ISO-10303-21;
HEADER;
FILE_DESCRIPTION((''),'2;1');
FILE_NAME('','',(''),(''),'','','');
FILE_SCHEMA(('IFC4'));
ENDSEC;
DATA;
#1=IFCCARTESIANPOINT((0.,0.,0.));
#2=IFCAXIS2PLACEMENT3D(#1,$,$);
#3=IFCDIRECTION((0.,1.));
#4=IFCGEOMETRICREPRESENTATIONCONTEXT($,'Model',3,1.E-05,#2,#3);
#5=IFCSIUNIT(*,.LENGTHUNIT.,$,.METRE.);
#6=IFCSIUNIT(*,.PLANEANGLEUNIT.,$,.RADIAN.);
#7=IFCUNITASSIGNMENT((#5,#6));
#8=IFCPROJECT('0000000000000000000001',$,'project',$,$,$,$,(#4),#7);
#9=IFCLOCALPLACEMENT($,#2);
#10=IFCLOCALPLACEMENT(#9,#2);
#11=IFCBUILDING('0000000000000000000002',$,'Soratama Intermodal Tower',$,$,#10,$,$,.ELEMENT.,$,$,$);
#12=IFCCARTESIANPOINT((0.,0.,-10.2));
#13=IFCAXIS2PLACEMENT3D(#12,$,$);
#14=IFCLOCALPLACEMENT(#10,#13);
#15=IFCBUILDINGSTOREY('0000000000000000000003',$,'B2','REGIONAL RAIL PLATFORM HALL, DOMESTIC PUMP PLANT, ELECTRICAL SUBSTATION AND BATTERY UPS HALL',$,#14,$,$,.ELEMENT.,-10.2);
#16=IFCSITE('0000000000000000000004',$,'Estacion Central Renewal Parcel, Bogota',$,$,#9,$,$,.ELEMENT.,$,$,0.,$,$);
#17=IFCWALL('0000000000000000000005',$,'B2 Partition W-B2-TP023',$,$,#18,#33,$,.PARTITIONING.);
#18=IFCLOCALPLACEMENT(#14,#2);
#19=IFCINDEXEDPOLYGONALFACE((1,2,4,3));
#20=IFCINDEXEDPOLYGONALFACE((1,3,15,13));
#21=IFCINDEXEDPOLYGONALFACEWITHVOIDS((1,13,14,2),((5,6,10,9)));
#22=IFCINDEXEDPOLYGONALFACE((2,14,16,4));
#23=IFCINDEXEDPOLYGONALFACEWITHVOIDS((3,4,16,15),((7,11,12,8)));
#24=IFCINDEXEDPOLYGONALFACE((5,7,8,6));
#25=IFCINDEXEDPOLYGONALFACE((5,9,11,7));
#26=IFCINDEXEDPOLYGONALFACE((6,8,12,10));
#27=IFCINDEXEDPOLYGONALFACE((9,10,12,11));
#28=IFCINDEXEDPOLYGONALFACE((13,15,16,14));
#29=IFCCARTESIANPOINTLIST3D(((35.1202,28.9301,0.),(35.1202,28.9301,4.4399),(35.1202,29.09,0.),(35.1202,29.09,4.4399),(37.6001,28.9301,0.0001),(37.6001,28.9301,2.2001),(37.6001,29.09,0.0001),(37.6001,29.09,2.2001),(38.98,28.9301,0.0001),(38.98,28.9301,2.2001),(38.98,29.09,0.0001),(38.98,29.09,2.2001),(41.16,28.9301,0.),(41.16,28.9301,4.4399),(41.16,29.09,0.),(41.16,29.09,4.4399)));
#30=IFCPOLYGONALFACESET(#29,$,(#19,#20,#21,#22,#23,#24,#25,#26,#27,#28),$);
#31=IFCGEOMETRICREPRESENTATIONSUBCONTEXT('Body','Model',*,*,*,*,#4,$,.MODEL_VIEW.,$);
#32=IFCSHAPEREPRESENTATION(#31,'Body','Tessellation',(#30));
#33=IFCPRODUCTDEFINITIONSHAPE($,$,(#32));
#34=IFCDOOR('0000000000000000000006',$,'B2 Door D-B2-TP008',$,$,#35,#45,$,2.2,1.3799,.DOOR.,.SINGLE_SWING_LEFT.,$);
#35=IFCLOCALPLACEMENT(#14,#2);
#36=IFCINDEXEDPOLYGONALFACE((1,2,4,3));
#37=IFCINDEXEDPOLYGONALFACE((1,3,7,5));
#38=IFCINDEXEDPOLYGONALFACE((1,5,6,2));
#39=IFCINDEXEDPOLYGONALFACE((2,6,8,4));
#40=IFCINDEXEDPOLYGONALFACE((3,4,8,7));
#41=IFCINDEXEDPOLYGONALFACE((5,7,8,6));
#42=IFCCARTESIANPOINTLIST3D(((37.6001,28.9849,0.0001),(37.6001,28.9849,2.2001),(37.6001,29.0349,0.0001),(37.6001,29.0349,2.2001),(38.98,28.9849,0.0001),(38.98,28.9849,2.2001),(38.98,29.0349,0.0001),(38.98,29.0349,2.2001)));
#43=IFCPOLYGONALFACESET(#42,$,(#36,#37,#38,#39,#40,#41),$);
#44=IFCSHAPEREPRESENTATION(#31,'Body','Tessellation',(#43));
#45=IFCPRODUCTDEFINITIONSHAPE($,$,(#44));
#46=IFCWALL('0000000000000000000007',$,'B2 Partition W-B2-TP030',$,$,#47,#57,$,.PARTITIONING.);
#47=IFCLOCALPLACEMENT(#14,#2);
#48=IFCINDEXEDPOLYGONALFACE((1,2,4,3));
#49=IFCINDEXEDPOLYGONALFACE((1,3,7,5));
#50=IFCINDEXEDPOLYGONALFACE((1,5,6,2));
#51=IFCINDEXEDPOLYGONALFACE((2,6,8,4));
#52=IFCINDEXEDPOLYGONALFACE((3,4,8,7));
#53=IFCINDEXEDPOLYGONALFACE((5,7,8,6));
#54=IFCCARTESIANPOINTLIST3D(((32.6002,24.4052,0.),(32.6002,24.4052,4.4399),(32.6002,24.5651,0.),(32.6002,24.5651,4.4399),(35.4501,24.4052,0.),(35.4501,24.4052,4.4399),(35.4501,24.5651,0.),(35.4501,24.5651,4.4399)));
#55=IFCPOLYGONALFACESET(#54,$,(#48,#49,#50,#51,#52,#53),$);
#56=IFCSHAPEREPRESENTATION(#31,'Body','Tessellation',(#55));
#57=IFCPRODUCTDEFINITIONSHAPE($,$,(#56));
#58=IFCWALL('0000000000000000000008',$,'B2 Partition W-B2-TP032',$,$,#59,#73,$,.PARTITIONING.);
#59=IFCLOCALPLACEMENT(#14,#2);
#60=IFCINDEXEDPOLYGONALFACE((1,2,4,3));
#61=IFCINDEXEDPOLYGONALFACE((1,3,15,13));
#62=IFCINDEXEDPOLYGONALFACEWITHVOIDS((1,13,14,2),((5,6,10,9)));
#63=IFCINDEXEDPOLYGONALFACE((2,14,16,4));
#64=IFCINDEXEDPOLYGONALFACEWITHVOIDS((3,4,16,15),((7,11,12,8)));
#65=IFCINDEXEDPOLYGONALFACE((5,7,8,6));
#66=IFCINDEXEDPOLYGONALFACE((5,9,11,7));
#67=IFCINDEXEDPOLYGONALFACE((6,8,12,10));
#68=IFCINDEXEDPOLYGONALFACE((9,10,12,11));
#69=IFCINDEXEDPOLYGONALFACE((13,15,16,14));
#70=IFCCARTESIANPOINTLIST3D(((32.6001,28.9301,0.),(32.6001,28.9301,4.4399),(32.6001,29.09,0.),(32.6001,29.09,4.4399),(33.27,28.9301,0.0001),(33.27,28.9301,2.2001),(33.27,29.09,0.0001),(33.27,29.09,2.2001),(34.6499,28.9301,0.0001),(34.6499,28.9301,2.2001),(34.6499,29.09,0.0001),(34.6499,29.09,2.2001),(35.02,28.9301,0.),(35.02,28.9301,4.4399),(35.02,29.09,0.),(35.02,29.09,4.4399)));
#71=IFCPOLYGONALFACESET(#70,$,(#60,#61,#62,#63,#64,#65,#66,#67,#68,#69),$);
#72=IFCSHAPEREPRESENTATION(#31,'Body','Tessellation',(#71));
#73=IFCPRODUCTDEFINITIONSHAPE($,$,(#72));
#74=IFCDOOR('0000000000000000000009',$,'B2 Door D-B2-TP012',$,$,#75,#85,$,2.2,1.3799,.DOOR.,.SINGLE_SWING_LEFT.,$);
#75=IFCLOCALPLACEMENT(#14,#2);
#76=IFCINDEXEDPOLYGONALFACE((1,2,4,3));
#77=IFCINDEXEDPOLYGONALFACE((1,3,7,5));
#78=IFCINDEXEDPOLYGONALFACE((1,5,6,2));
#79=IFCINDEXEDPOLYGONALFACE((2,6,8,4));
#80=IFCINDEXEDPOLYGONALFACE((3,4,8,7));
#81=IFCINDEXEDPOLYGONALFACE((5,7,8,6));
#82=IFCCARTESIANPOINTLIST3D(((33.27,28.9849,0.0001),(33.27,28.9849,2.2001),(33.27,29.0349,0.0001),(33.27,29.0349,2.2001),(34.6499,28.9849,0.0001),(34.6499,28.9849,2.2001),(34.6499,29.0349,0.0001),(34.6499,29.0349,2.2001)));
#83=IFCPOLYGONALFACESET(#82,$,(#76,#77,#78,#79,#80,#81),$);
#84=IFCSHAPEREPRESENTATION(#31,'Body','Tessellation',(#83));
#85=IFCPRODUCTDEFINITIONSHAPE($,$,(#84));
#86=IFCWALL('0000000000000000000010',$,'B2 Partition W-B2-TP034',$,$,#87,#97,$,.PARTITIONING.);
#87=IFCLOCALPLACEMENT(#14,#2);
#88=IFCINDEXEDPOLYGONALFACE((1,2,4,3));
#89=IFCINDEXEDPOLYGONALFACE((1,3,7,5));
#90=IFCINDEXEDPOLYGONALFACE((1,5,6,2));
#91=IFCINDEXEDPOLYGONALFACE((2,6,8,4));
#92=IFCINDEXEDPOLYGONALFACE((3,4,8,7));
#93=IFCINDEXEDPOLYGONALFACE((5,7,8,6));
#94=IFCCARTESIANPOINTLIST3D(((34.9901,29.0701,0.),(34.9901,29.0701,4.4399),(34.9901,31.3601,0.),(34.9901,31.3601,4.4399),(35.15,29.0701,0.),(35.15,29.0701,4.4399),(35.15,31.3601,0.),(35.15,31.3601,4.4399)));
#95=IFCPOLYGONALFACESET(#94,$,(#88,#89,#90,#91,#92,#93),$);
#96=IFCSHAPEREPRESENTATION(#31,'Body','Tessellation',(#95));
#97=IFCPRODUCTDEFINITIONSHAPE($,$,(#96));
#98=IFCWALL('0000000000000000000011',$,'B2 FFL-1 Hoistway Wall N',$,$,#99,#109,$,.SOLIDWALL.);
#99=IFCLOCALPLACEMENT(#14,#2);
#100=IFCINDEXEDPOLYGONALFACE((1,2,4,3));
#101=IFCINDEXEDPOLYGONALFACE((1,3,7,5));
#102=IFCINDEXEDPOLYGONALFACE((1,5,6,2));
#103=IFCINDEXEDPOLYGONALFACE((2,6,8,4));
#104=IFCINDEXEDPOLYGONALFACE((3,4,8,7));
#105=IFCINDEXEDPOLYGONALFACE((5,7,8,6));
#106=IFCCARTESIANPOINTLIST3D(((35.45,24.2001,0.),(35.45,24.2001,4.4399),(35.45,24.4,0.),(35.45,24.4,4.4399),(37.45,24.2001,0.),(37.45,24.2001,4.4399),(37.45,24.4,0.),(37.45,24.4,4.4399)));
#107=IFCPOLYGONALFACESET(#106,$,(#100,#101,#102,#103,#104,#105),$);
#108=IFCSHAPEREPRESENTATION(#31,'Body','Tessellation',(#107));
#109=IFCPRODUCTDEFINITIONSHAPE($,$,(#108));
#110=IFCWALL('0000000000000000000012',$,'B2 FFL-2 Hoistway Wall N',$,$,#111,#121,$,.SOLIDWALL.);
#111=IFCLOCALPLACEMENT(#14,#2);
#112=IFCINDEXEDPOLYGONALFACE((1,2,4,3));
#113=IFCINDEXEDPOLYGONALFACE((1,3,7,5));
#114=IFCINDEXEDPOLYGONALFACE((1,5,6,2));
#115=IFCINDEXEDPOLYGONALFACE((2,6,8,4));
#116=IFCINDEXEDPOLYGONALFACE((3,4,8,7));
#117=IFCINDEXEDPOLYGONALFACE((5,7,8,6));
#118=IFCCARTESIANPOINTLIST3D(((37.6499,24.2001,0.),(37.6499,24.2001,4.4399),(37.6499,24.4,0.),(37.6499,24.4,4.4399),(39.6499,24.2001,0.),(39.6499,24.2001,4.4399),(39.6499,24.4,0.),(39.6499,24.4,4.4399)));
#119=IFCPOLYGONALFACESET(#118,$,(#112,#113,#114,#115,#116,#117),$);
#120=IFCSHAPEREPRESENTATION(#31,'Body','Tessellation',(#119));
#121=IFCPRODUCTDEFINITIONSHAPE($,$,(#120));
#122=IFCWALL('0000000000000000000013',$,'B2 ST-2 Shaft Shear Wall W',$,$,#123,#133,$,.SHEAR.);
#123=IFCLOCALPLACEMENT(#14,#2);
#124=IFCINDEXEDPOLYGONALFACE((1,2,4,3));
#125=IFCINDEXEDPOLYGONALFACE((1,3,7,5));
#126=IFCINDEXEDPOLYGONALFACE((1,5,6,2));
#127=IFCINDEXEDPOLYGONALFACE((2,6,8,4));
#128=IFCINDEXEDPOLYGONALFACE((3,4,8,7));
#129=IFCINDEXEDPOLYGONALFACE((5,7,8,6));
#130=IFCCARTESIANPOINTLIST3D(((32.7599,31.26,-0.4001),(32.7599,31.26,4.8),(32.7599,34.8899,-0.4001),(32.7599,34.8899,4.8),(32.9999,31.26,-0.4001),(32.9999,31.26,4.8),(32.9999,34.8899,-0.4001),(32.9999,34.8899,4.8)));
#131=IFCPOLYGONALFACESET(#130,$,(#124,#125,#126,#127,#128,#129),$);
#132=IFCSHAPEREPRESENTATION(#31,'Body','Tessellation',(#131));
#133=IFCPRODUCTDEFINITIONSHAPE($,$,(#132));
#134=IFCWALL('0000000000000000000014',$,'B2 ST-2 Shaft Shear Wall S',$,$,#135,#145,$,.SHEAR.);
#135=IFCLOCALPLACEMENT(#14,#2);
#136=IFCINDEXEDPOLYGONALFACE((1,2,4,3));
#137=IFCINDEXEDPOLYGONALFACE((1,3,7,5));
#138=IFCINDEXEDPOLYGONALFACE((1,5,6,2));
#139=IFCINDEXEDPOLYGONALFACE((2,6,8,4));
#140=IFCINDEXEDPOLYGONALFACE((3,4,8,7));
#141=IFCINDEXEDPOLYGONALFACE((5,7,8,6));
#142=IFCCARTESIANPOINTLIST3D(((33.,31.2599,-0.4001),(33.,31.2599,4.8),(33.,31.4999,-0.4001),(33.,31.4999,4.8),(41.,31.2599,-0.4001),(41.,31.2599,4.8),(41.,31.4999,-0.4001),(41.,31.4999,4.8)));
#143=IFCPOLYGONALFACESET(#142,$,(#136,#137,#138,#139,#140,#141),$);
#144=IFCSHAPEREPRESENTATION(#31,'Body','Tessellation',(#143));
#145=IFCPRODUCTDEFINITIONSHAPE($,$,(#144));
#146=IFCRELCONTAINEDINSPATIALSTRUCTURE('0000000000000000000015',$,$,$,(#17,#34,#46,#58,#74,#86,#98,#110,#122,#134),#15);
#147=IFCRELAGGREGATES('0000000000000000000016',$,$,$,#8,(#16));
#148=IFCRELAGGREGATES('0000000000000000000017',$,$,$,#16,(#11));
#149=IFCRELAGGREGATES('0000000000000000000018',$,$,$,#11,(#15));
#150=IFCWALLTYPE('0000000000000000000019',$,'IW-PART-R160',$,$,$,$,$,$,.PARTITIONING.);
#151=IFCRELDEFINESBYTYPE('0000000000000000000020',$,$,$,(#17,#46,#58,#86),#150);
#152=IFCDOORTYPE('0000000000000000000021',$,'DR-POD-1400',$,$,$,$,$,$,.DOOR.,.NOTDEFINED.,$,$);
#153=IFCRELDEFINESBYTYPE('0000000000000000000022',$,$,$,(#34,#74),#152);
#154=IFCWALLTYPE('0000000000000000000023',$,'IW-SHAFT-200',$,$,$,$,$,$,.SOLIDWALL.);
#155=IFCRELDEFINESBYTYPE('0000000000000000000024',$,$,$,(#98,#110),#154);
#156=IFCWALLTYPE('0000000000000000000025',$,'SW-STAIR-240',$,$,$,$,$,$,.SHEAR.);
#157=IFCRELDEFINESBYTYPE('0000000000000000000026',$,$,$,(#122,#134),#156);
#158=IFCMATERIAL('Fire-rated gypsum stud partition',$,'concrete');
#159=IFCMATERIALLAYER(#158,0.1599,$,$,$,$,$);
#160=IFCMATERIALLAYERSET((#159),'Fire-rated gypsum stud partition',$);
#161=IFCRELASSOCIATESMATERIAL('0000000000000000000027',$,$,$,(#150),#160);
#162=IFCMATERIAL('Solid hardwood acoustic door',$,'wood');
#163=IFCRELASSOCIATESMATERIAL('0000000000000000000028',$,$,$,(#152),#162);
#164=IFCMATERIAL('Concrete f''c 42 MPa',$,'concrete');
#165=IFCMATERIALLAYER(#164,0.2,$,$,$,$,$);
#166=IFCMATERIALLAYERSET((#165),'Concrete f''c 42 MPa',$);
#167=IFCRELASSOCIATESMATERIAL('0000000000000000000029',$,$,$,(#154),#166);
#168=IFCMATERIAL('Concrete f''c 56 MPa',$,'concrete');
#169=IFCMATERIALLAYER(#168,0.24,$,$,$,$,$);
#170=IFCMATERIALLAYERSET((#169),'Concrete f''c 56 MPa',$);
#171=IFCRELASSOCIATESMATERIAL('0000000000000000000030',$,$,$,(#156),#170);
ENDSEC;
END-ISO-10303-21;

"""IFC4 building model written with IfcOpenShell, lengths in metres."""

from ifc_helpers import new_model, si_unit, direction, frame, frame_2d, origin, place, context, subcontext, project, spatial, rectangle, extrude, material, layer, layer_set, type_object, element, fill, save


model = new_model("IFC4")

# Units and contexts
model_context = context("Model", 3, precision=1e-05, world=origin(), true_north=direction((0.0, 1.0)))
body_context = subcontext(model_context, "Body", "Model", "MODEL_VIEW")
ifc_project = project(units=[si_unit("LENGTHUNIT", "METRE"), si_unit("PLANEANGLEUNIT", "RADIAN")], contexts=[model_context])

# Site, building, storey
site_placement = place(None, origin())
site = spatial("IfcSite", under=ifc_project, at=site_placement, Name="Estacion Central Renewal Parcel, Bogota", CompositionType="ELEMENT", RefElevation=0.0)
building_placement = place(site_placement, origin())
building = spatial("IfcBuilding", under=site, at=building_placement, Name="Soratama Intermodal Tower", CompositionType="ELEMENT")
storey_placement = place(building_placement, frame((0.0, 0.0, -10.2)))
storey = spatial("IfcBuildingStorey", under=building, at=storey_placement, Name="B2", Description="REGIONAL RAIL PLATFORM HALL, DOMESTIC PUMP PLANT, ELECTRICAL SUBSTATION AND BATTERY UPS HALL", CompositionType="ELEMENT", Elevation=-10.2)

# Shared definitions
ifc_material_1 = material(Name="Fire-rated gypsum stud partition", Category="concrete")
ifc_layer_1 = layer(ifc_material_1, 0.1599)
ifc_layer_set_1 = layer_set([ifc_layer_1], Name="Fire-rated gypsum stud partition")
wall_type_1 = type_object("IfcWallType", Name="IW-PART-R160", PredefinedType="PARTITIONING", material=ifc_layer_set_1)

# Wall, opening, door
wall_1_placement = place(storey_placement, frame((35.1201, 29.01, 0.0), z_axis=(0.0, 0.0, 1.0), x_axis=(1.0, 0.0, 0.0)))
wall_1 = element("IfcWall", 1, at=wall_1_placement, inside=storey, type_object=wall_type_1, Name="B2 Partition W-B2-TP023", PredefinedType="PARTITIONING", context=body_context, shape_type="SweptSolid", body=[
    extrude(rectangle(XDim=6.0398, YDim=0.1599, at=frame_2d((3.02, 0.0))), origin(), (0.0, 0.0, 1.0), 4.4399),
])
opening_1_placement = place(wall_1_placement, frame((2.48, 0.0, 0.0)))
opening_1 = element("IfcOpeningElement", 2, at=opening_1_placement, cuts=wall_1, PredefinedType="OPENING", context=body_context, shape_type="SweptSolid", body=[
    extrude(rectangle(XDim=1.3799, YDim=2.2, at=frame_2d((0.6899, 1.1001))), frame((0.0, 0.0898, 0.0), z_axis=(0.0, -1.0, 0.0), x_axis=(1.0, 0.0, 0.0)), (0.0, 0.0, 1.0), 0.1799),
])
ifc_material_2 = material(Name="Solid hardwood acoustic door", Category="wood")
door_type = type_object("IfcDoorType", Name="DR-POD-1400", OperationType="NOTDEFINED", PredefinedType="DOOR", material=ifc_material_2)
door_1_placement = place(opening_1_placement, origin())
door_1 = element("IfcDoor", 3, at=door_1_placement, inside=storey, type_object=door_type, Name="B2 Door D-B2-TP008", OperationType="SINGLE_SWING_LEFT", OverallHeight=2.2, OverallWidth=1.3799, PredefinedType="DOOR", context=body_context, shape_type="SweptSolid", body=[
    extrude(rectangle(XDim=1.3799, YDim=2.2, at=frame_2d((0.6899, 1.1001))), frame((0.0, 0.0249, 0.0), z_axis=(0.0, -1.0, 0.0), x_axis=(1.0, 0.0, 0.0)), (0.0, 0.0, 1.0), 0.05),
])
fill(opening_1, door_1)

# Wall
wall_2_placement = place(storey_placement, frame((35.45, 24.4851, 0.0), z_axis=(0.0, 0.0, 1.0), x_axis=(-1.0, 0.0, 0.0)))
element("IfcWall", 4, at=wall_2_placement, inside=storey, type_object=wall_type_1, Name="B2 Partition W-B2-TP030", PredefinedType="PARTITIONING", context=body_context, shape_type="SweptSolid", body=[
    extrude(rectangle(XDim=2.8499, YDim=0.1599, at=frame_2d((1.4248, 0.0))), origin(), (0.0, 0.0, 1.0), 4.4399),
])

# Wall, opening, door
wall_3_placement = place(storey_placement, frame((32.6001, 29.01, 0.0), z_axis=(0.0, 0.0, 1.0), x_axis=(1.0, 0.0, 0.0)))
wall_3 = element("IfcWall", 5, at=wall_3_placement, inside=storey, type_object=wall_type_1, Name="B2 Partition W-B2-TP032", PredefinedType="PARTITIONING", context=body_context, shape_type="SweptSolid", body=[
    extrude(rectangle(XDim=2.4199, YDim=0.1599, at=frame_2d((1.21, 0.0))), origin(), (0.0, 0.0, 1.0), 4.4399),
])
opening_2_placement = place(wall_3_placement, frame((0.6699, 0.0, 0.0)))
opening_2 = element("IfcOpeningElement", 6, at=opening_2_placement, cuts=wall_3, PredefinedType="OPENING", context=body_context, shape_type="SweptSolid", body=[
    extrude(rectangle(XDim=1.3799, YDim=2.2, at=frame_2d((0.6899, 1.1001))), frame((0.0, 0.0898, 0.0), z_axis=(0.0, -1.0, 0.0), x_axis=(1.0, 0.0, 0.0)), (0.0, 0.0, 1.0), 0.1799),
])
door_2_placement = place(opening_2_placement, origin())
door_2 = element("IfcDoor", 7, at=door_2_placement, inside=storey, type_object=door_type, Name="B2 Door D-B2-TP012", OperationType="SINGLE_SWING_LEFT", OverallHeight=2.2, OverallWidth=1.3799, PredefinedType="DOOR", context=body_context, shape_type="SweptSolid", body=[
    extrude(rectangle(XDim=1.3799, YDim=2.2, at=frame_2d((0.6899, 1.1001))), frame((0.0, 0.0249, 0.0), z_axis=(0.0, -1.0, 0.0), x_axis=(1.0, 0.0, 0.0)), (0.0, 0.0, 1.0), 0.05),
])
fill(opening_2, door_2)

# Walls
wall_4_placement = place(storey_placement, frame((35.0701, 29.0701, 0.0), z_axis=(0.0, 0.0, 1.0), x_axis=(0.0, 1.0, 0.0)))
element("IfcWall", 8, at=wall_4_placement, inside=storey, type_object=wall_type_1, Name="B2 Partition W-B2-TP034", PredefinedType="PARTITIONING", context=body_context, shape_type="SweptSolid", body=[
    extrude(rectangle(XDim=2.29, YDim=0.1599, at=frame_2d((1.145, 0.0))), origin(), (0.0, 0.0, 1.0), 4.4399),
])
ifc_material_3 = material(Name="Concrete f'c 42 MPa", Category="concrete")
ifc_layer_2 = layer(ifc_material_3, 0.2)
ifc_layer_set_2 = layer_set([ifc_layer_2], Name="Concrete f'c 42 MPa")
wall_type_2 = type_object("IfcWallType", Name="IW-SHAFT-200", PredefinedType="SOLIDWALL", material=ifc_layer_set_2)
for number, where, z_axis, x_axis, name in (
    (9, (35.45, 24.3, 0.0), (0.0, 0.0, 1.0), (1.0, 0.0, 0.0), "B2 FFL-1 Hoistway Wall N"),
    (10, (37.6499, 24.3, 0.0), (0.0, 0.0, 1.0), (1.0, 0.0, 0.0), "B2 FFL-2 Hoistway Wall N"),
):
    element("IfcWall", number, at=place(storey_placement, frame(where, z_axis=z_axis, x_axis=x_axis)), inside=storey, type_object=wall_type_2, Name=name, PredefinedType="SOLIDWALL", context=body_context, shape_type="SweptSolid", body=[
        extrude(rectangle(XDim=2.0, YDim=0.2, at=frame_2d((1.0, 0.0))), origin(), (0.0, 0.0, 1.0), 4.4399),
    ])
ifc_material_4 = material(Name="Concrete f'c 56 MPa", Category="concrete")
ifc_layer_3 = layer(ifc_material_4, 0.24)
ifc_layer_set_3 = layer_set([ifc_layer_3], Name="Concrete f'c 56 MPa")
wall_type_3 = type_object("IfcWallType", Name="SW-STAIR-240", PredefinedType="SHEAR", material=ifc_layer_set_3)
wall_5_placement = place(storey_placement, frame((32.8799, 31.26, -0.4001), z_axis=(0.0, 0.0, 1.0), x_axis=(0.0, 1.0, 0.0)))
element("IfcWall", 11, at=wall_5_placement, inside=storey, type_object=wall_type_3, Name="B2 ST-2 Shaft Shear Wall W", PredefinedType="SHEAR", context=body_context, shape_type="SweptSolid", body=[
    extrude(rectangle(XDim=3.6299, YDim=0.24, at=frame_2d((1.8149, 0.0))), origin(), (0.0, 0.0, 1.0), 5.2002),
])
wall_6_placement = place(storey_placement, frame((33.0, 31.3799, -0.4001), z_axis=(0.0, 0.0, 1.0), x_axis=(1.0, 0.0, 0.0)))
element("IfcWall", 12, at=wall_6_placement, inside=storey, type_object=wall_type_3, Name="B2 ST-2 Shaft Shear Wall S", PredefinedType="SHEAR", context=body_context, shape_type="SweptSolid", body=[
    extrude(rectangle(XDim=8.0, YDim=0.24, at=frame_2d((4.0, 0.0))), origin(), (0.0, 0.0, 1.0), 5.2002),
])

save(model, "model.ifc")
